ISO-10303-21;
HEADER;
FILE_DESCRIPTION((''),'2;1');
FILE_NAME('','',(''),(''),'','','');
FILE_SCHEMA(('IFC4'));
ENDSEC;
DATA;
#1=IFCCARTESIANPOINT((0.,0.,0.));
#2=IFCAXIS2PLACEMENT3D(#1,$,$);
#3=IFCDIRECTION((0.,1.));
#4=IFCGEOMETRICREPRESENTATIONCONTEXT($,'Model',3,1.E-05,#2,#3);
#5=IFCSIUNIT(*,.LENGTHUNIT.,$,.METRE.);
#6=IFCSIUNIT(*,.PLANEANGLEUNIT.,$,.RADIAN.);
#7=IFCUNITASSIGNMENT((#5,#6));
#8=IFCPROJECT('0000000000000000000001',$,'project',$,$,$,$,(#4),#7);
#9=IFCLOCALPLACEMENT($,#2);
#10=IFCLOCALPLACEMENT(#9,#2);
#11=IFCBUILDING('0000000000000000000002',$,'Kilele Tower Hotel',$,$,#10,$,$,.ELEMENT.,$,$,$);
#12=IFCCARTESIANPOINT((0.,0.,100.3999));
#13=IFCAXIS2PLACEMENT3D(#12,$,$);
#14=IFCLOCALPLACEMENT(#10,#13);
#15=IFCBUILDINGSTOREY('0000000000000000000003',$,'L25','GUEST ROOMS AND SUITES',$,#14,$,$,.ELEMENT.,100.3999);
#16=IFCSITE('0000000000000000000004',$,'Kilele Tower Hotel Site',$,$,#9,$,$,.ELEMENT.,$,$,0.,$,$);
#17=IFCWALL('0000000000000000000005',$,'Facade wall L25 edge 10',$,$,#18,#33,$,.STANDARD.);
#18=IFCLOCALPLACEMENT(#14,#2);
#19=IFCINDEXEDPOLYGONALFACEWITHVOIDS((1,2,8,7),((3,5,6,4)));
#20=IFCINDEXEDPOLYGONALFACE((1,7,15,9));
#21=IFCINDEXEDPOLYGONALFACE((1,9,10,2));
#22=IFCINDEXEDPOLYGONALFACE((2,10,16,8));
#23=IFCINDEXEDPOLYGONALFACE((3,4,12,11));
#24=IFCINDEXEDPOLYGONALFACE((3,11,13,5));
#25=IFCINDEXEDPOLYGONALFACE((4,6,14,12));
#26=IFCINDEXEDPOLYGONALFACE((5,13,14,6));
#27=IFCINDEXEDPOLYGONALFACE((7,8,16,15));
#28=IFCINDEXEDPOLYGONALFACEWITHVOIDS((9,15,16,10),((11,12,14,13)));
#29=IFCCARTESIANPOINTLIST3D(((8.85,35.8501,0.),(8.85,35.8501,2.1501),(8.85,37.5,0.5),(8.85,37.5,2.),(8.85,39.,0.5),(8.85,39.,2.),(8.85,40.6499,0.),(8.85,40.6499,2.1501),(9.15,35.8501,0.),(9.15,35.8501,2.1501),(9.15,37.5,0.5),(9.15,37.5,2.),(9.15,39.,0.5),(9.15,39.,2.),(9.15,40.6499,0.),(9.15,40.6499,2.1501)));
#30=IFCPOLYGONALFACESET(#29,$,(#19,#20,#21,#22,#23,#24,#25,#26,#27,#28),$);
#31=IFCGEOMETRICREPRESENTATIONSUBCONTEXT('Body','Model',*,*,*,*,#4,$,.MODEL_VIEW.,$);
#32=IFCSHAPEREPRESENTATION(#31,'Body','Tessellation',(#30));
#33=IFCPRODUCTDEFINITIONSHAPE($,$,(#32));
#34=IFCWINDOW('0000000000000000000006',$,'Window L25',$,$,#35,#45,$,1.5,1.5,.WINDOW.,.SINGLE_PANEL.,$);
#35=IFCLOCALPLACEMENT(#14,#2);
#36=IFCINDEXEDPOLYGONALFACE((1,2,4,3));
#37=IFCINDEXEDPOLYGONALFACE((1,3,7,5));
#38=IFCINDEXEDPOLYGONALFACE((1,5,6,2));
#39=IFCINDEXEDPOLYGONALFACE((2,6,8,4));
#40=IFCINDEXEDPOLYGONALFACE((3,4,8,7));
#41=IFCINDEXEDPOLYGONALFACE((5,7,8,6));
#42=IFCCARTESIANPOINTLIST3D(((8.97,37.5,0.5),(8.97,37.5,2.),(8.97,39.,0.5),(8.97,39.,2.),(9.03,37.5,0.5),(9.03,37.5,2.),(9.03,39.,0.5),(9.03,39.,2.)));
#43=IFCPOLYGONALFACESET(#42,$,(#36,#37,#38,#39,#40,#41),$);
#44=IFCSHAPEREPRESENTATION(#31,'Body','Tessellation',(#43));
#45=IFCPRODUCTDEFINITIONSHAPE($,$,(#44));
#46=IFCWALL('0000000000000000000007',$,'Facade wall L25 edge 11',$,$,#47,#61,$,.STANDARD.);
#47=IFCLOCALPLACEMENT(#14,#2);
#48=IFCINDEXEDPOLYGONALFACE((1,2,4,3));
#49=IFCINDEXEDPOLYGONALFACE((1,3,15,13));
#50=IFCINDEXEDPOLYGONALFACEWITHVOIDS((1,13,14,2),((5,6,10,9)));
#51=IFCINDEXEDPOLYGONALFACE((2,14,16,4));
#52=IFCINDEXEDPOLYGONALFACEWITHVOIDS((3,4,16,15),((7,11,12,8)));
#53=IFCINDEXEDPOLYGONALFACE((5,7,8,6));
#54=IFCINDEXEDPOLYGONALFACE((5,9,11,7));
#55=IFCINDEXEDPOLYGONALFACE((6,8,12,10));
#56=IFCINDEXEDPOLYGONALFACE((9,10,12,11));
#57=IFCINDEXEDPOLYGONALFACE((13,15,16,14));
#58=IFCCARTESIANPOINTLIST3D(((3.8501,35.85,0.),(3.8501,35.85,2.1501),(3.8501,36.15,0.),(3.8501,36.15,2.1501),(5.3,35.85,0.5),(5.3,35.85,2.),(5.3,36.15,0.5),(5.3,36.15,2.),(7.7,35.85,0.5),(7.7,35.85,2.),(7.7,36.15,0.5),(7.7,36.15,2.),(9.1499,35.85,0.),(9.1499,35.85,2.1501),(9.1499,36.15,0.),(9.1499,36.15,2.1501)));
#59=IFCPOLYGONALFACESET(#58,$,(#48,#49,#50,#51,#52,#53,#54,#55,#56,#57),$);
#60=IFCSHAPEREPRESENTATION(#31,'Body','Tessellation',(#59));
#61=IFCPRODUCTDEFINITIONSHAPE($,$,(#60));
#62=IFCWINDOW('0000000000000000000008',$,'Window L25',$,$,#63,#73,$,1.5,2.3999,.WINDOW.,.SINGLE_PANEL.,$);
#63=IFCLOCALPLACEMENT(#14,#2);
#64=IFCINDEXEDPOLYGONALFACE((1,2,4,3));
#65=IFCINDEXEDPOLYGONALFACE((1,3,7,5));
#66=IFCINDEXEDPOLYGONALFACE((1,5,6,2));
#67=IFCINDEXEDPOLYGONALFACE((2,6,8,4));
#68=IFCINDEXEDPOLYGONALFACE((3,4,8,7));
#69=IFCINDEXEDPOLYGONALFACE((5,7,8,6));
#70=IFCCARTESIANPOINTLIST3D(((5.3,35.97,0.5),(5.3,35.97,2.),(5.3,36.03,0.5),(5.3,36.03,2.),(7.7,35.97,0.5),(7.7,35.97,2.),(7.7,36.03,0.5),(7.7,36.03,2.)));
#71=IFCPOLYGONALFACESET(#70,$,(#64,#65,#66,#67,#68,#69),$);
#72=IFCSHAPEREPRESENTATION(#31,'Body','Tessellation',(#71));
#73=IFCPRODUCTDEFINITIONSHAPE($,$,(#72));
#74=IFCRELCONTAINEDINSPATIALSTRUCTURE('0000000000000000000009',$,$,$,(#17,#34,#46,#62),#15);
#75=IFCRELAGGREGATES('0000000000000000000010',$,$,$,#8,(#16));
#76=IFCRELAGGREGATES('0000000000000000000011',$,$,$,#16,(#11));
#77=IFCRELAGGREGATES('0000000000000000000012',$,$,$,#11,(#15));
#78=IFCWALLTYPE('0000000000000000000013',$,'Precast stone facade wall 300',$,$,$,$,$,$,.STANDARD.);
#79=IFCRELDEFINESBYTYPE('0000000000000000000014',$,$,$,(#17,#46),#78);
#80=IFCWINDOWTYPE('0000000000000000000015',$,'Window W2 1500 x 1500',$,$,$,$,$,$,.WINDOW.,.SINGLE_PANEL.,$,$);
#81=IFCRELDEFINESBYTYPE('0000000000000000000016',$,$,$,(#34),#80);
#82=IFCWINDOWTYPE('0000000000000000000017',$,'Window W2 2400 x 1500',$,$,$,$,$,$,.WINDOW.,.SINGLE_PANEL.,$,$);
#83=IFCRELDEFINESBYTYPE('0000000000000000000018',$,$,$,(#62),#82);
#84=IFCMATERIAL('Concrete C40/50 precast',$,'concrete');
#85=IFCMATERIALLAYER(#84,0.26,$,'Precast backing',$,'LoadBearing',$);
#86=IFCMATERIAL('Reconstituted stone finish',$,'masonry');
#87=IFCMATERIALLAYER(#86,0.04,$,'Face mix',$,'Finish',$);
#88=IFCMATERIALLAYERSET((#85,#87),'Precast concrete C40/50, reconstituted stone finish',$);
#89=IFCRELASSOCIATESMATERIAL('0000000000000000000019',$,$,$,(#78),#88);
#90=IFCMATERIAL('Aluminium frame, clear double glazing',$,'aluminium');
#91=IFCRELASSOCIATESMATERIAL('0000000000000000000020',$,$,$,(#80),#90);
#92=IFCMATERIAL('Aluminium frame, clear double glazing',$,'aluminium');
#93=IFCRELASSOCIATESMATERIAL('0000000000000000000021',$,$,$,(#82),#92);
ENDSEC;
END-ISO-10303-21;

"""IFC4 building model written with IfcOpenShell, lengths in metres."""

from ifc_helpers import new_model, si_unit, direction, frame, frame_2d, origin, place, context, subcontext, project, spatial, rectangle, extrude, material, layer, layer_set, type_object, element, fill, save


model = new_model("IFC4")

# Units and contexts
model_context = context("Model", 3, precision=1e-05, world=origin(), true_north=direction((0.0, 1.0)))
body_context = subcontext(model_context, "Body", "Model", "MODEL_VIEW")
ifc_project = project(units=[si_unit("LENGTHUNIT", "METRE"), si_unit("PLANEANGLEUNIT", "RADIAN")], contexts=[model_context])

# Site, building, storey
site_placement = place(None, origin())
site = spatial("IfcSite", under=ifc_project, at=site_placement, Name="Kilele Tower Hotel Site", CompositionType="ELEMENT", RefElevation=0.0)
building_placement = place(site_placement, origin())
building = spatial("IfcBuilding", under=site, at=building_placement, Name="Kilele Tower Hotel", CompositionType="ELEMENT")
storey_placement = place(building_placement, frame((0.0, 0.0, 100.3999)))
storey = spatial("IfcBuildingStorey", under=building, at=storey_placement, Name="L25", Description="GUEST ROOMS AND SUITES", CompositionType="ELEMENT", Elevation=100.3999)

# Walls, openings, windows
ifc_material_1 = material(Name="Concrete C40/50 precast", Category="concrete")
ifc_layer_1 = layer(ifc_material_1, 0.26, Name="Precast backing", Category="LoadBearing")
ifc_material_2 = material(Name="Reconstituted stone finish", Category="masonry")
ifc_layer_2 = layer(ifc_material_2, 0.04, Name="Face mix", Category="Finish")
ifc_layer_set_1 = layer_set([ifc_layer_1, ifc_layer_2], Name="Precast concrete C40/50, reconstituted stone finish")
wall_type_1 = type_object("IfcWallType", Name="Precast stone facade wall 300", PredefinedType="STANDARD", material=ifc_layer_set_1)
wall_1_placement = place(storey_placement, frame((9.0, 40.6499, 0.0), z_axis=(0.0, 0.0, 1.0), x_axis=(0.0, -1.0, 0.0)))
wall_1 = element("IfcWall", 1, at=wall_1_placement, inside=storey, type_object=wall_type_1, Name="Facade wall L25 edge 10", PredefinedType="STANDARD", context=body_context, shape_type="SweptSolid", body=[
    extrude(rectangle(XDim=4.7998, YDim=0.3, at=frame_2d((2.3999, 0.0))), origin(), (0.0, 0.0, 1.0), 2.1501),
])
opening_1_placement = place(wall_1_placement, frame((1.6499, 0.0, 0.5)))
opening_1 = element("IfcOpeningElement", 2, at=opening_1_placement, cuts=wall_1, PredefinedType="OPENING", context=body_context, shape_type="SweptSolid", body=[
    extrude(rectangle(XDim=1.5, YDim=1.5, at=frame_2d((0.75, 0.75))), frame((0.0, 0.1599, 0.0), z_axis=(0.0, -1.0, 0.0), x_axis=(1.0, 0.0, 0.0)), (0.0, 0.0, 1.0), 0.3201),
])
ifc_material_3 = material(Name="Aluminium frame, clear double glazing", Category="aluminium")
window_type_1 = type_object("IfcWindowType", Name="Window W2 1500 x 1500", PartitioningType="SINGLE_PANEL", PredefinedType="WINDOW", material=ifc_material_3)
window_1_placement = place(opening_1_placement, origin())
window_1 = element("IfcWindow", 3, at=window_1_placement, inside=storey, type_object=window_type_1, Name="Window L25", OverallHeight=1.5, OverallWidth=1.5, PartitioningType="SINGLE_PANEL", PredefinedType="WINDOW", context=body_context, shape_type="SweptSolid", body=[
    extrude(rectangle(XDim=1.5, YDim=1.5, at=frame_2d((0.75, 0.75))), frame((0.0, 0.03, 0.0), z_axis=(0.0, -1.0, 0.0), x_axis=(1.0, 0.0, 0.0)), (0.0, 0.0, 1.0), 0.0601),
])
fill(opening_1, window_1)
wall_2_placement = place(storey_placement, frame((9.1499, 36.0, 0.0), z_axis=(0.0, 0.0, 1.0), x_axis=(-1.0, 0.0, 0.0)))
wall_2 = element("IfcWall", 4, at=wall_2_placement, inside=storey, type_object=wall_type_1, Name="Facade wall L25 edge 11", PredefinedType="STANDARD", context=body_context, shape_type="SweptSolid", body=[
    extrude(rectangle(XDim=5.2998, YDim=0.3, at=frame_2d((2.6499, 0.0))), origin(), (0.0, 0.0, 1.0), 2.1501),
])
opening_2_placement = place(wall_2_placement, frame((1.45, 0.0, 0.5)))
opening_2 = element("IfcOpeningElement", 5, at=opening_2_placement, cuts=wall_2, PredefinedType="OPENING", context=body_context, shape_type="SweptSolid", body=[
    extrude(rectangle(XDim=2.3999, YDim=1.5, at=frame_2d((1.2, 0.75))), frame((0.0, 0.1599, 0.0), z_axis=(0.0, -1.0, 0.0), x_axis=(1.0, 0.0, 0.0)), (0.0, 0.0, 1.0), 0.3201),
])
ifc_material_4 = material(Name="Aluminium frame, clear double glazing", Category="aluminium")
window_type_2 = type_object("IfcWindowType", Name="Window W2 2400 x 1500", PartitioningType="SINGLE_PANEL", PredefinedType="WINDOW", material=ifc_material_4)
window_2_placement = place(opening_2_placement, origin())
window_2 = element("IfcWindow", 6, at=window_2_placement, inside=storey, type_object=window_type_2, Name="Window L25", OverallHeight=1.5, OverallWidth=2.3999, PartitioningType="SINGLE_PANEL", PredefinedType="WINDOW", context=body_context, shape_type="SweptSolid", body=[
    extrude(rectangle(XDim=2.3999, YDim=1.5, at=frame_2d((1.2, 0.75))), frame((0.0, 0.03, 0.0), z_axis=(0.0, -1.0, 0.0), x_axis=(1.0, 0.0, 0.0)), (0.0, 0.0, 1.0), 0.0601),
])
fill(opening_2, window_2)

save(model, "model.ifc")
